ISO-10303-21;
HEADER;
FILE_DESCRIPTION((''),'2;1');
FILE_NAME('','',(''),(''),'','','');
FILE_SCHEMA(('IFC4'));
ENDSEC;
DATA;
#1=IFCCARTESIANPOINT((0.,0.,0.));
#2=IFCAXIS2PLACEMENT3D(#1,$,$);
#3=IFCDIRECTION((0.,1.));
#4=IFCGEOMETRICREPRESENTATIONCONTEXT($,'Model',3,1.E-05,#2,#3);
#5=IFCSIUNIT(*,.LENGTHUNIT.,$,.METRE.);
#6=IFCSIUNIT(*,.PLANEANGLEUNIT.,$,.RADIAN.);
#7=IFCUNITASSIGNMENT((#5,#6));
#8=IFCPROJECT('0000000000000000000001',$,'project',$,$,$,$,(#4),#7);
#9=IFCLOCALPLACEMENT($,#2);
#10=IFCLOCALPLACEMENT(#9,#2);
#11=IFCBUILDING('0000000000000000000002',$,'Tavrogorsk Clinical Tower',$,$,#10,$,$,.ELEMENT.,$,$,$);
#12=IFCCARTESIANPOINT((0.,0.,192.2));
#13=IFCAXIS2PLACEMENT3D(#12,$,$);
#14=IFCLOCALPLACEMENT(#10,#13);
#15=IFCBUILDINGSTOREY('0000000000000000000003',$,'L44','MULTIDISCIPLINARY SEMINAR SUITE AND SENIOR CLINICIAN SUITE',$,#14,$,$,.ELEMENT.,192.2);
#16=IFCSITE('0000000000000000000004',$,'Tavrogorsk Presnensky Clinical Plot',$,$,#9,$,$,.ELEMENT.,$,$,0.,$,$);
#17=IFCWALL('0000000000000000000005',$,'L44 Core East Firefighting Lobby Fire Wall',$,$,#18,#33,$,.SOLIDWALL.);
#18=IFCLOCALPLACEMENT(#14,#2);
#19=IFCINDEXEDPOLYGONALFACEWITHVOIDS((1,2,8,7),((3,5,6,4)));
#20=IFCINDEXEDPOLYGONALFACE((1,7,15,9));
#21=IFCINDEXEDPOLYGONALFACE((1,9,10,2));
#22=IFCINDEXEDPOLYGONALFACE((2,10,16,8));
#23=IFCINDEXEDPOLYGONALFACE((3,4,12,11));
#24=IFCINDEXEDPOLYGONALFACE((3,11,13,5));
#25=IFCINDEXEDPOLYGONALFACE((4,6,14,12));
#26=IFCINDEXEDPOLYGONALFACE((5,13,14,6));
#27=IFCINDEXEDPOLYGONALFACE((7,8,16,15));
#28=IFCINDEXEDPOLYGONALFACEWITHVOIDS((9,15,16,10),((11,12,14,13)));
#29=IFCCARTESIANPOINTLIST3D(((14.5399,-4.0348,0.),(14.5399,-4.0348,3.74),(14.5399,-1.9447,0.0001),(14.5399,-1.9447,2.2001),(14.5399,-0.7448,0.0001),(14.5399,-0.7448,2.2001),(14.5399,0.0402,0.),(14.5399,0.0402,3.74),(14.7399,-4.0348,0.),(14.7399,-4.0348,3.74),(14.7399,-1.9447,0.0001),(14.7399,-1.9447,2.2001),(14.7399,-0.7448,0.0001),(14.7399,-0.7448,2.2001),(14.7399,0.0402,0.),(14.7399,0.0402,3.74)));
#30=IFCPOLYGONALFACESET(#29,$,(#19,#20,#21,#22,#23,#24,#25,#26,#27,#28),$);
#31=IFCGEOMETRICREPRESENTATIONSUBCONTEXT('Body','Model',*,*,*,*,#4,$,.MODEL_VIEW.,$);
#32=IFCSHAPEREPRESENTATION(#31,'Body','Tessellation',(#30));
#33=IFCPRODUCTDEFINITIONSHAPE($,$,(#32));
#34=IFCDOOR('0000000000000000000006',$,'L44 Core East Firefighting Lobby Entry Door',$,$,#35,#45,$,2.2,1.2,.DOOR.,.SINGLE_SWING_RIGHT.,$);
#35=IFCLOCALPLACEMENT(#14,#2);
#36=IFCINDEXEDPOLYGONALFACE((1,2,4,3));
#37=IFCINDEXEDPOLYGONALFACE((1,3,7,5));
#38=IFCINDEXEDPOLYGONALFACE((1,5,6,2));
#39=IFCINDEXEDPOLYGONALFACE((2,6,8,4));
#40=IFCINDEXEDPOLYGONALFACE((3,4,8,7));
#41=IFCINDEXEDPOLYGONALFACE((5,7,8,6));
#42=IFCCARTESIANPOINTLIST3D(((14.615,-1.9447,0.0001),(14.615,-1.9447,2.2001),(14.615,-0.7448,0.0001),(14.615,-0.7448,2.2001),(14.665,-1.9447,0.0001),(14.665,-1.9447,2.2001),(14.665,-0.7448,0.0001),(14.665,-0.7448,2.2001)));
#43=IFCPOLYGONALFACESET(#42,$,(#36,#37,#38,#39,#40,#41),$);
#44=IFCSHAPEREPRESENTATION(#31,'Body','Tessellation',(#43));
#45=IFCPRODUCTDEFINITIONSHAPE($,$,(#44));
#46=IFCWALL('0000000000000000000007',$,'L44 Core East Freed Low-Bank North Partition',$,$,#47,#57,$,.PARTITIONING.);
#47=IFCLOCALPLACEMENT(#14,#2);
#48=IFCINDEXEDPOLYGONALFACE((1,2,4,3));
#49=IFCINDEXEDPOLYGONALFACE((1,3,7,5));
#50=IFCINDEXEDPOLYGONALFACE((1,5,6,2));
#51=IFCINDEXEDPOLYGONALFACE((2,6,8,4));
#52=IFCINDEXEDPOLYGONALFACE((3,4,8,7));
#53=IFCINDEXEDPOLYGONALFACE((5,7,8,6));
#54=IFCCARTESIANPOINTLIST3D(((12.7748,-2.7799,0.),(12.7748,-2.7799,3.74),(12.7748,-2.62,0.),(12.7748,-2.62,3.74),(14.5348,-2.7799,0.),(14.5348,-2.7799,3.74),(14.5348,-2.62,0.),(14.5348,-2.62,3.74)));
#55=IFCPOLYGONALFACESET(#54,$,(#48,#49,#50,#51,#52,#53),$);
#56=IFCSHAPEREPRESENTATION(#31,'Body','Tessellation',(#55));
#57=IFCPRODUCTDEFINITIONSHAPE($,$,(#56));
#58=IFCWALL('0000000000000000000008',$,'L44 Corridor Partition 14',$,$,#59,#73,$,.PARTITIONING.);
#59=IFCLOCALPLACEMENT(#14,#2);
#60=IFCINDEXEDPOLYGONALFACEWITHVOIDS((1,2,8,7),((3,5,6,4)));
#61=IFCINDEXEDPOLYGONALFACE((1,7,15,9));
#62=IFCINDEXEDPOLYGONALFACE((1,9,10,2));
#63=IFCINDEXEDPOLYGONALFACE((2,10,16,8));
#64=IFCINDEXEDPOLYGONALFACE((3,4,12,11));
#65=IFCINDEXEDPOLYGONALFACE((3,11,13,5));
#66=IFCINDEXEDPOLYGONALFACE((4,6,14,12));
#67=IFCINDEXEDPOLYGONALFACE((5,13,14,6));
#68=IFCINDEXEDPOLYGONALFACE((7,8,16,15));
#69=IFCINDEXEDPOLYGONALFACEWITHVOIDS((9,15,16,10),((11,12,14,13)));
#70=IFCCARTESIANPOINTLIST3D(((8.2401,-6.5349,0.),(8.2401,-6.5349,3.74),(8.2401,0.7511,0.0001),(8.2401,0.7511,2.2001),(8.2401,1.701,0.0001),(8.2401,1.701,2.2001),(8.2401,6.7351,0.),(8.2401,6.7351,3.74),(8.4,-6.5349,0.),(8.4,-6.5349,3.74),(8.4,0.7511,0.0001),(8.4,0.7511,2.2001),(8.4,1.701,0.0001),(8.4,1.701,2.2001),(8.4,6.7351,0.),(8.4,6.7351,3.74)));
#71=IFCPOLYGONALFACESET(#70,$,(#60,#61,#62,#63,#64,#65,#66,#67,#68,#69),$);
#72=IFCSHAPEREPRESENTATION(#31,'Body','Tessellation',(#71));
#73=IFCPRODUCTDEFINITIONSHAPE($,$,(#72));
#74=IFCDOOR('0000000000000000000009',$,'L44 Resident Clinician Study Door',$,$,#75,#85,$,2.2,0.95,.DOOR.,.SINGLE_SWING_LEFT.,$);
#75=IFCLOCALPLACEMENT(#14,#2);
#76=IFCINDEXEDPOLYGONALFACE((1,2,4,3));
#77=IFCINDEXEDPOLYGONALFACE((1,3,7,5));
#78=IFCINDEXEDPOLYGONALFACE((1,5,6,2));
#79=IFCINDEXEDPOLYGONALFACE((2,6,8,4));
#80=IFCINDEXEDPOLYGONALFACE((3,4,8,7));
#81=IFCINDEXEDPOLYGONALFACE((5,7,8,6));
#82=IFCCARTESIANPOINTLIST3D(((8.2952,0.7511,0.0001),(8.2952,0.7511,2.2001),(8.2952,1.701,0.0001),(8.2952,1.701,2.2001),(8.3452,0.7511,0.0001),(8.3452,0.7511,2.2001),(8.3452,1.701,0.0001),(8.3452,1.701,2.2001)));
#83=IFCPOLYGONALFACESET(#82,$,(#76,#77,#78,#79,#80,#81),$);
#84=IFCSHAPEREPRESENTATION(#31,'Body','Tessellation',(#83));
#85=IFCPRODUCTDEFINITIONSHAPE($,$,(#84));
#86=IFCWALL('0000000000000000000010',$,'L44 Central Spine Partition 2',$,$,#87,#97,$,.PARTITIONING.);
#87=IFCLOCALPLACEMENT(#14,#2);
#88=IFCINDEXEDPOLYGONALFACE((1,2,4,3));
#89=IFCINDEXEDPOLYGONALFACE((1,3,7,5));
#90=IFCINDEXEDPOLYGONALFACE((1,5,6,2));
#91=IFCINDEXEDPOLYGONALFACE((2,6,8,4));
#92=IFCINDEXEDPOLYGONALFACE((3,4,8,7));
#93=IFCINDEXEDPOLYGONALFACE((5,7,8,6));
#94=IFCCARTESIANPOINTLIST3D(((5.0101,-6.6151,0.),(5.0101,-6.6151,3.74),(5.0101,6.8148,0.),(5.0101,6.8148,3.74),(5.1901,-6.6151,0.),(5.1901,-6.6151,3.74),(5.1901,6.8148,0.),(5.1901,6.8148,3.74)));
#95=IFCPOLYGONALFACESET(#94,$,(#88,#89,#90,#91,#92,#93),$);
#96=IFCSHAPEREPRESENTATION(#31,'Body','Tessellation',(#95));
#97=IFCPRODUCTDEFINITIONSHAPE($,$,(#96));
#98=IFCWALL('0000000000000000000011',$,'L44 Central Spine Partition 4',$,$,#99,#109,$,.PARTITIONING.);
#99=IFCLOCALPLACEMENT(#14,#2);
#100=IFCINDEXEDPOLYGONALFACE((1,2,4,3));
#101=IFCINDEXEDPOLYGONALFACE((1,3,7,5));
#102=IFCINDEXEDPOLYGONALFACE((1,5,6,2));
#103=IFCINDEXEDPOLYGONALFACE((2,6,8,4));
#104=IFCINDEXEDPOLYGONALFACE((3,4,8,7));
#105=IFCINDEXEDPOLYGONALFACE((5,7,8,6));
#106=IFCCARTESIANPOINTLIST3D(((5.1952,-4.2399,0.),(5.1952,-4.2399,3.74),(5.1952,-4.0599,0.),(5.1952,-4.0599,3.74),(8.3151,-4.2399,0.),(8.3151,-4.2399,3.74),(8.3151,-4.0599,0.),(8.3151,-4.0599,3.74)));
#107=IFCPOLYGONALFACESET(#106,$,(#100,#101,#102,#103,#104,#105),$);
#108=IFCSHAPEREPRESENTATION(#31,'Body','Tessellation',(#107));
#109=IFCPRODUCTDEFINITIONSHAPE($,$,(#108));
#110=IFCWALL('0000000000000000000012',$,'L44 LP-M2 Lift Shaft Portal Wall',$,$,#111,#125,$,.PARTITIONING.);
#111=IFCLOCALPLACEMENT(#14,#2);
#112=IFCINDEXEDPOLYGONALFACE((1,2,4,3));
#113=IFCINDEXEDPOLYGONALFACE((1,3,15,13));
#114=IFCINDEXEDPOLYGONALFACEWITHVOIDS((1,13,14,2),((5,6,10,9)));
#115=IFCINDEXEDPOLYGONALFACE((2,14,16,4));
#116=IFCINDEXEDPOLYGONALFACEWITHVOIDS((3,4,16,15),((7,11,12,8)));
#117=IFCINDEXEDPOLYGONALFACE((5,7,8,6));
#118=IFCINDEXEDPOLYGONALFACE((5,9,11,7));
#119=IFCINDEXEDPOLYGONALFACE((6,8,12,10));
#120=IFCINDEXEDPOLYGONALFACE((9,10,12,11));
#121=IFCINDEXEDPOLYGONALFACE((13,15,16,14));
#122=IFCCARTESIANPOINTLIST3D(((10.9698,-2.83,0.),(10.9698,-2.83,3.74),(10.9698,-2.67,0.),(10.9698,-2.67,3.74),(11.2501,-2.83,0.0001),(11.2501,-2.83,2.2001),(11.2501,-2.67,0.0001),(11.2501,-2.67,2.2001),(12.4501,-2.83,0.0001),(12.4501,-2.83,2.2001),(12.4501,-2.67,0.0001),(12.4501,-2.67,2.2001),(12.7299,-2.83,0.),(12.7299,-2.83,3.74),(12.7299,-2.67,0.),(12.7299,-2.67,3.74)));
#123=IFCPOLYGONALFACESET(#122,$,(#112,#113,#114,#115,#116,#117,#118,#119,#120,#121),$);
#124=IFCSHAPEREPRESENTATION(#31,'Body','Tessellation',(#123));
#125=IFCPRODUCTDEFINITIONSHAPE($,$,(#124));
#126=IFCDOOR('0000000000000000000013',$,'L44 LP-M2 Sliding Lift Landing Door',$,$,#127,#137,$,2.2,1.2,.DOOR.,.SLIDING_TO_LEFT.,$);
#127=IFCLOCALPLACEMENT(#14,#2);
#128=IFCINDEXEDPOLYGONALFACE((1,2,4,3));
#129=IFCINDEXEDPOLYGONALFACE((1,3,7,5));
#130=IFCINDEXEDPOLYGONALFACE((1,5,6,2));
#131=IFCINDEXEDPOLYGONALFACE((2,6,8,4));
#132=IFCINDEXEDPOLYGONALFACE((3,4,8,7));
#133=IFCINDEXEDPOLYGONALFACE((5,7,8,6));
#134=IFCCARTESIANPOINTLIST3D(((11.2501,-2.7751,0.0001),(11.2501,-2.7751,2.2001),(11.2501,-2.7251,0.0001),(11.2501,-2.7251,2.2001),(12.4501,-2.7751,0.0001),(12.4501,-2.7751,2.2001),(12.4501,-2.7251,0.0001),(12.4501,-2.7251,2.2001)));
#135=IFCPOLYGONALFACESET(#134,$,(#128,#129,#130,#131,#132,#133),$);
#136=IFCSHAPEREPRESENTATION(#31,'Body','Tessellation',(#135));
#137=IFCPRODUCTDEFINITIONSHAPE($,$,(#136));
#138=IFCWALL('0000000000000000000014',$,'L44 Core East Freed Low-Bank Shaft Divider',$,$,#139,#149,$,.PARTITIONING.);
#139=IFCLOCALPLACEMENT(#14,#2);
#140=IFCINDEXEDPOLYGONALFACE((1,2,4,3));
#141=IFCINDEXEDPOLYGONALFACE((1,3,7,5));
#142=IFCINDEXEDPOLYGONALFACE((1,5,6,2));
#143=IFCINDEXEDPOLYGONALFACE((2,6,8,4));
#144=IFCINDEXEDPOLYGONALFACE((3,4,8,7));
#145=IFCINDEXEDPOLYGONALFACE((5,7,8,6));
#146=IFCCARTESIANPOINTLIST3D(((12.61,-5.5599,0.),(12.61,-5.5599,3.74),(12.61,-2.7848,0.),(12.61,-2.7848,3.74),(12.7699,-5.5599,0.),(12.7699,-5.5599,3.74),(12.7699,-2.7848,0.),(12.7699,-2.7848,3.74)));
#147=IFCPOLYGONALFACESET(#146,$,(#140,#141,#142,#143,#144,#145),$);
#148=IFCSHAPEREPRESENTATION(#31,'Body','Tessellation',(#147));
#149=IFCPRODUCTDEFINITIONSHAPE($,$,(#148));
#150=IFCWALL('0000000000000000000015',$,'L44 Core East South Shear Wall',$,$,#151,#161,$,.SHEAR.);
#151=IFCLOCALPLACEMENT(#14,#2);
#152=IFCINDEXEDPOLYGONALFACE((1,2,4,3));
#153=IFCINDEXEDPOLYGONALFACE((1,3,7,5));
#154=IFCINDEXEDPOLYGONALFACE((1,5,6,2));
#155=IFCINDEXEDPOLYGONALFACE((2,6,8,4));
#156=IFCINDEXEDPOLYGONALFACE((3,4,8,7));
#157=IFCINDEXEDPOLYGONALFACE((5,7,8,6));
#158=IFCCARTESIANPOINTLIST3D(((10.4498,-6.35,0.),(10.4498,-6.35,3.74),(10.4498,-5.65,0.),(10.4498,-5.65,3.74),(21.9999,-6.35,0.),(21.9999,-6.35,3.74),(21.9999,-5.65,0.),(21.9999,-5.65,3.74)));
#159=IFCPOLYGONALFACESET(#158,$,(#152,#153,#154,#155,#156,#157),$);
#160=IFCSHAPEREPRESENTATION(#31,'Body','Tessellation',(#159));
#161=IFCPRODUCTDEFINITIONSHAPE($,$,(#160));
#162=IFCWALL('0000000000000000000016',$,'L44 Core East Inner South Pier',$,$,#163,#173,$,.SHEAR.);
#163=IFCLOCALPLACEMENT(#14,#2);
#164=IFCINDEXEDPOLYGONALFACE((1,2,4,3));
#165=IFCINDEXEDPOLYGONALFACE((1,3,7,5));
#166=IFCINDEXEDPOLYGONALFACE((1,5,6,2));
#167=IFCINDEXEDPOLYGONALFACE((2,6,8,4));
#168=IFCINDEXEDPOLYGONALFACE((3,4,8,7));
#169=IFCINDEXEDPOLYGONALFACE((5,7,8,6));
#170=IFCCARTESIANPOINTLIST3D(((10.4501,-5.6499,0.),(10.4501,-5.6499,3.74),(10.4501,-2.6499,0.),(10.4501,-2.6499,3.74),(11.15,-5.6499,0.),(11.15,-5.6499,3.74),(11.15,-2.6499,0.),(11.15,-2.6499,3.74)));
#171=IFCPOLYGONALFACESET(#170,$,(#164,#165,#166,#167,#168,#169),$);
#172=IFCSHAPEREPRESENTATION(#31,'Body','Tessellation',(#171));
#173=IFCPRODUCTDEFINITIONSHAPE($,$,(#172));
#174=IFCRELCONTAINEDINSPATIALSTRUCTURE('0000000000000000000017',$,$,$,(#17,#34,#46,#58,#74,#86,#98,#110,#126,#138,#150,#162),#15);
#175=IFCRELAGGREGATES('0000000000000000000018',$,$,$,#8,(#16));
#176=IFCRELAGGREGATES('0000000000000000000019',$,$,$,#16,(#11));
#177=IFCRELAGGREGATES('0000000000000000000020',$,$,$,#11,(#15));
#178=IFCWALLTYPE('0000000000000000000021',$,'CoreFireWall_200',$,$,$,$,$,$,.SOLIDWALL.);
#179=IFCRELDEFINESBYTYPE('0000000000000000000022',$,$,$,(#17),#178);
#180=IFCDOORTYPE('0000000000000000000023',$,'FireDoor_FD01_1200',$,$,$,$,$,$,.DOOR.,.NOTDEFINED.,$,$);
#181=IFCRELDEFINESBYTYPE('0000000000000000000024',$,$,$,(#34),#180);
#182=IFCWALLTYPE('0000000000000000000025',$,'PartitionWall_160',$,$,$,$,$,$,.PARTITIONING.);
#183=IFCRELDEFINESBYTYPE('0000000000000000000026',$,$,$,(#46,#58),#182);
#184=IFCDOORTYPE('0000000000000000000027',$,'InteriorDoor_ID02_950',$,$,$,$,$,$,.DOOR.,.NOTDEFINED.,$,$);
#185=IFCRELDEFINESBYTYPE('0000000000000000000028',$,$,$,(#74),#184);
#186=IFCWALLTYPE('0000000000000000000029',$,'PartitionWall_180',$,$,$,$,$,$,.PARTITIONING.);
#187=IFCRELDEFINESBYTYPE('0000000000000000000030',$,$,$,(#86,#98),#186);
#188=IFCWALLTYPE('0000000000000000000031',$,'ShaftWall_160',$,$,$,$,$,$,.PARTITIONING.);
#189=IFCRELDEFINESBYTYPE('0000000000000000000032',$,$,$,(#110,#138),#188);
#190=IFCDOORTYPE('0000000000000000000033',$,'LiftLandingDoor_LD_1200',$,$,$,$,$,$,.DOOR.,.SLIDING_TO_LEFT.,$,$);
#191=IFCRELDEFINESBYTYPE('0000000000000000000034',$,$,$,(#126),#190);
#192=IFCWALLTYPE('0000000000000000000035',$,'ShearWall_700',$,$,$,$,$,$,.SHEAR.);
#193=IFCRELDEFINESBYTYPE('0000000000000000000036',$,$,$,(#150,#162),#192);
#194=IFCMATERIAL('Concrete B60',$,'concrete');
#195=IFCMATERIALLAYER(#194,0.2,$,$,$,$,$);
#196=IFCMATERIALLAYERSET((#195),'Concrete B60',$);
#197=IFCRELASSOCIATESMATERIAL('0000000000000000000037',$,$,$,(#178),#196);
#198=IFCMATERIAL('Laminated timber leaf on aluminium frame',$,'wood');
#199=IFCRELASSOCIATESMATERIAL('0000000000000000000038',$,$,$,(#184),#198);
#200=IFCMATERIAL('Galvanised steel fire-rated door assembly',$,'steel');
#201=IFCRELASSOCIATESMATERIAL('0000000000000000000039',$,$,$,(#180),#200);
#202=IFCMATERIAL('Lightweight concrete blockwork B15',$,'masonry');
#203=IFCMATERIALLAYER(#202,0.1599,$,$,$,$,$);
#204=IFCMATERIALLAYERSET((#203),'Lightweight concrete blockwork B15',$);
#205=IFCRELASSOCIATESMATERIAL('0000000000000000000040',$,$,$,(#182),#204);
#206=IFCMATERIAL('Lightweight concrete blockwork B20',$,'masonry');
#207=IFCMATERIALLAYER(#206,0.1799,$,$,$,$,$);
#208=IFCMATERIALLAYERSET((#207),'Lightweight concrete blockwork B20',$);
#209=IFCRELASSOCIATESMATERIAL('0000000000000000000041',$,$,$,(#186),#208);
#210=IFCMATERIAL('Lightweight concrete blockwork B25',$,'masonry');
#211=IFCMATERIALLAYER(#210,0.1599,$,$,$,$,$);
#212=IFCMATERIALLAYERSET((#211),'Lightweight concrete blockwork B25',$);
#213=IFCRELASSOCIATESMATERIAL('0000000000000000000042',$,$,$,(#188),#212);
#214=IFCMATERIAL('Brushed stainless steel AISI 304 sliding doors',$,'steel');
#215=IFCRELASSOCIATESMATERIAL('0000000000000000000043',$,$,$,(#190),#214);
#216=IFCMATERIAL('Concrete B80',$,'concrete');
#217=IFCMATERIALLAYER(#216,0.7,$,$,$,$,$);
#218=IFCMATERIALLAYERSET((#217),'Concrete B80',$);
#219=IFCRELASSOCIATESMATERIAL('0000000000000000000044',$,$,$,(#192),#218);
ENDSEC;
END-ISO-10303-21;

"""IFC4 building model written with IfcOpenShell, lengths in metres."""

from ifc_helpers import new_model, si_unit, direction, frame, frame_2d, origin, place, context, subcontext, project, spatial, rectangle, extrude, material, layer, layer_set, type_object, element, fill, save


model = new_model("IFC4")

# Units and contexts
model_context = context("Model", 3, precision=1e-05, world=origin(), true_north=direction((0.0, 1.0)))
body_context = subcontext(model_context, "Body", "Model", "MODEL_VIEW")
ifc_project = project(units=[si_unit("LENGTHUNIT", "METRE"), si_unit("PLANEANGLEUNIT", "RADIAN")], contexts=[model_context])

# Site, building, storey
site_placement = place(None, origin())
site = spatial("IfcSite", under=ifc_project, at=site_placement, Name="Tavrogorsk Presnensky Clinical Plot", CompositionType="ELEMENT", RefElevation=0.0)
building_placement = place(site_placement, origin())
building = spatial("IfcBuilding", under=site, at=building_placement, Name="Tavrogorsk Clinical Tower", CompositionType="ELEMENT")
storey_placement = place(building_placement, frame((0.0, 0.0, 192.2)))
storey = spatial("IfcBuildingStorey", under=building, at=storey_placement, Name="L44", Description="MULTIDISCIPLINARY SEMINAR SUITE AND SENIOR CLINICIAN SUITE", CompositionType="ELEMENT", Elevation=192.2)

# Wall, opening, door
ifc_material_1 = material(Name="Concrete B60", Category="concrete")
ifc_layer_1 = layer(ifc_material_1, 0.2)
ifc_layer_set_1 = layer_set([ifc_layer_1], Name="Concrete B60")
wall_type_1 = type_object("IfcWallType", Name="CoreFireWall_200", PredefinedType="SOLIDWALL", material=ifc_layer_set_1)
ifc_material_2 = material(Name="Laminated timber leaf on aluminium frame", Category="wood")
door_type_1 = type_object("IfcDoorType", Name="InteriorDoor_ID02_950", OperationType="NOTDEFINED", PredefinedType="DOOR", material=ifc_material_2)
wall_1_placement = place(storey_placement, frame((14.6399, -4.0349, 0.0), z_axis=(0.0, 0.0, 1.0), x_axis=(0.0, 1.0, 0.0)))
wall_1 = element("IfcWall", 1, at=wall_1_placement, inside=storey, type_object=wall_type_1, Name="L44 Core East Firefighting Lobby Fire Wall", PredefinedType="SOLIDWALL", context=body_context, shape_type="SweptSolid", body=[
    extrude(rectangle(XDim=4.075, YDim=0.2, at=frame_2d((2.0376, 0.0))), origin(), (0.0, 0.0, 1.0), 3.74),
])
opening_1_placement = place(wall_1_placement, frame((2.0901, 0.0, 0.0)))
opening_1 = element("IfcOpeningElement", 2, at=opening_1_placement, cuts=wall_1, PredefinedType="OPENING", context=body_context, shape_type="SweptSolid", body=[
    extrude(rectangle(XDim=1.2, YDim=2.2, at=frame_2d((0.6001, 1.1001))), frame((0.0, 0.1099, 0.0), z_axis=(0.0, -1.0, 0.0), x_axis=(1.0, 0.0, 0.0)), (0.0, 0.0, 1.0), 0.22),
])
ifc_material_3 = material(Name="Galvanised steel fire-rated door assembly", Category="steel")
door_type_2 = type_object("IfcDoorType", Name="FireDoor_FD01_1200", OperationType="NOTDEFINED", PredefinedType="DOOR", material=ifc_material_3)
door_1_placement = place(opening_1_placement, origin())
door_1 = element("IfcDoor", 3, at=door_1_placement, inside=storey, type_object=door_type_2, Name="L44 Core East Firefighting Lobby Entry Door", OperationType="SINGLE_SWING_RIGHT", OverallHeight=2.2, OverallWidth=1.2, PredefinedType="DOOR", context=body_context, shape_type="SweptSolid", body=[
    extrude(rectangle(XDim=1.2, YDim=2.2, at=frame_2d((0.6001, 1.1001))), frame((0.0, 0.0249, 0.0), z_axis=(0.0, -1.0, 0.0), x_axis=(1.0, 0.0, 0.0)), (0.0, 0.0, 1.0), 0.05),
])
fill(opening_1, door_1)

# Wall
ifc_material_4 = material(Name="Lightweight concrete blockwork B15", Category="masonry")
ifc_layer_2 = layer(ifc_material_4, 0.1599)
ifc_layer_set_2 = layer_set([ifc_layer_2], Name="Lightweight concrete blockwork B15")
wall_type_2 = type_object("IfcWallType", Name="PartitionWall_160", PredefinedType="PARTITIONING", material=ifc_layer_set_2)
wall_2_placement = place(storey_placement, frame((12.7749, -2.7, 0.0), z_axis=(0.0, 0.0, 1.0), x_axis=(1.0, 0.0, 0.0)))
element("IfcWall", 4, at=wall_2_placement, inside=storey, type_object=wall_type_2, Name="L44 Core East Freed Low-Bank North Partition", PredefinedType="PARTITIONING", context=body_context, shape_type="SweptSolid", body=[
    extrude(rectangle(XDim=1.76, YDim=0.1599, at=frame_2d((0.8799, 0.0))), origin(), (0.0, 0.0, 1.0), 3.74),
])

# Wall, opening, door
wall_3_placement = place(storey_placement, frame((8.3201, -6.5349, 0.0), z_axis=(0.0, 0.0, 1.0), x_axis=(0.0, 1.0, 0.0)))
wall_3 = element("IfcWall", 5, at=wall_3_placement, inside=storey, type_object=wall_type_2, Name="L44 Corridor Partition 14", PredefinedType="PARTITIONING", context=body_context, shape_type="SweptSolid", body=[
    extrude(rectangle(XDim=13.27, YDim=0.1599, at=frame_2d((6.635, 0.0))), origin(), (0.0, 0.0, 1.0), 3.74),
])
opening_2_placement = place(wall_3_placement, frame((7.2859, 0.0, 0.0)))
opening_2 = element("IfcOpeningElement", 6, at=opening_2_placement, cuts=wall_3, PredefinedType="OPENING", context=body_context, shape_type="SweptSolid", body=[
    extrude(rectangle(XDim=0.95, YDim=2.2, at=frame_2d((0.4751, 1.1001))), frame((0.0, 0.0898, 0.0), z_axis=(0.0, -1.0, 0.0), x_axis=(1.0, 0.0, 0.0)), (0.0, 0.0, 1.0), 0.1799),
])
door_2_placement = place(opening_2_placement, origin())
door_2 = element("IfcDoor", 7, at=door_2_placement, inside=storey, type_object=door_type_1, Name="L44 Resident Clinician Study Door", OperationType="SINGLE_SWING_LEFT", OverallHeight=2.2, OverallWidth=0.95, PredefinedType="DOOR", context=body_context, shape_type="SweptSolid", body=[
    extrude(rectangle(XDim=0.95, YDim=2.2, at=frame_2d((0.4751, 1.1001))), frame((0.0, 0.0249, 0.0), z_axis=(0.0, -1.0, 0.0), x_axis=(1.0, 0.0, 0.0)), (0.0, 0.0, 1.0), 0.05),
])
fill(opening_2, door_2)

# Walls
ifc_material_5 = material(Name="Lightweight concrete blockwork B20", Category="masonry")
ifc_layer_3 = layer(ifc_material_5, 0.1799)
ifc_layer_set_3 = layer_set([ifc_layer_3], Name="Lightweight concrete blockwork B20")
wall_type_3 = type_object("IfcWallType", Name="PartitionWall_180", PredefinedType="PARTITIONING", material=ifc_layer_set_3)
wall_4_placement = place(storey_placement, frame((5.1001, -6.615, 0.0), z_axis=(0.0, 0.0, 1.0), x_axis=(0.0, 1.0, 0.0)))
element("IfcWall", 8, at=wall_4_placement, inside=storey, type_object=wall_type_3, Name="L44 Central Spine Partition 2", PredefinedType="PARTITIONING", context=body_context, shape_type="SweptSolid", body=[
    extrude(rectangle(XDim=13.4299, YDim=0.1799, at=frame_2d((6.7148, 0.0))), origin(), (0.0, 0.0, 1.0), 3.74),
])
wall_5_placement = place(storey_placement, frame((5.1951, -4.1499, 0.0), z_axis=(0.0, 0.0, 1.0), x_axis=(1.0, 0.0, 0.0)))
element("IfcWall", 9, at=wall_5_placement, inside=storey, type_object=wall_type_3, Name="L44 Central Spine Partition 4", PredefinedType="PARTITIONING", context=body_context, shape_type="SweptSolid", body=[
    extrude(rectangle(XDim=3.1199, YDim=0.1799, at=frame_2d((1.5601, 0.0))), origin(), (0.0, 0.0, 1.0), 3.74),
])

# Wall, opening, door
ifc_material_6 = material(Name="Lightweight concrete blockwork B25", Category="masonry")
ifc_layer_4 = layer(ifc_material_6, 0.1599)
ifc_layer_set_4 = layer_set([ifc_layer_4], Name="Lightweight concrete blockwork B25")
wall_type_4 = type_object("IfcWallType", Name="ShaftWall_160", PredefinedType="PARTITIONING", material=ifc_layer_set_4)
wall_6_placement = place(storey_placement, frame((10.97, -2.75, 0.0), z_axis=(0.0, 0.0, 1.0), x_axis=(1.0, 0.0, 0.0)))
wall_6 = element("IfcWall", 10, at=wall_6_placement, inside=storey, type_object=wall_type_4, Name="L44 LP-M2 Lift Shaft Portal Wall", PredefinedType="PARTITIONING", context=body_context, shape_type="SweptSolid", body=[
    extrude(rectangle(XDim=1.76, YDim=0.1599, at=frame_2d((0.8799, 0.0))), origin(), (0.0, 0.0, 1.0), 3.74),
])
opening_3_placement = place(wall_6_placement, frame((0.28, 0.0, 0.0)))
opening_3 = element("IfcOpeningElement", 11, at=opening_3_placement, cuts=wall_6, PredefinedType="OPENING", context=body_context, shape_type="SweptSolid", body=[
    extrude(rectangle(XDim=1.2, YDim=2.2, at=frame_2d((0.6001, 1.1001))), frame((0.0, 0.0898, 0.0), z_axis=(0.0, -1.0, 0.0), x_axis=(1.0, 0.0, 0.0)), (0.0, 0.0, 1.0), 0.1799),
])
ifc_material_7 = material(Name="Brushed stainless steel AISI 304 sliding doors", Category="steel")
door_type_3 = type_object("IfcDoorType", Name="LiftLandingDoor_LD_1200", OperationType="SLIDING_TO_LEFT", PredefinedType="DOOR", material=ifc_material_7)
door_3_placement = place(opening_3_placement, origin())
door_3 = element("IfcDoor", 12, at=door_3_placement, inside=storey, type_object=door_type_3, Name="L44 LP-M2 Sliding Lift Landing Door", OperationType="SLIDING_TO_LEFT", OverallHeight=2.2, OverallWidth=1.2, PredefinedType="DOOR", context=body_context, shape_type="SweptSolid", body=[
    extrude(rectangle(XDim=1.2, YDim=2.2, at=frame_2d((0.6001, 1.1001))), frame((0.0, 0.0249, 0.0), z_axis=(0.0, -1.0, 0.0), x_axis=(1.0, 0.0, 0.0)), (0.0, 0.0, 1.0), 0.05),
])
fill(opening_3, door_3)

# Walls
wall_7_placement = place(storey_placement, frame((12.6899, -5.5601, 0.0), z_axis=(0.0, 0.0, 1.0), x_axis=(0.0, 1.0, 0.0)))
element("IfcWall", 13, at=wall_7_placement, inside=storey, type_object=wall_type_4, Name="L44 Core East Freed Low-Bank Shaft Divider", PredefinedType="PARTITIONING", context=body_context, shape_type="SweptSolid", body=[
    extrude(rectangle(XDim=2.7751, YDim=0.1599, at=frame_2d((1.3877, 0.0))), origin(), (0.0, 0.0, 1.0), 3.74),
])
ifc_material_8 = material(Name="Concrete B80", Category="concrete")
ifc_layer_5 = layer(ifc_material_8, 0.7)
ifc_layer_set_5 = layer_set([ifc_layer_5], Name="Concrete B80")
wall_type_5 = type_object("IfcWallType", Name="ShearWall_700", PredefinedType="SHEAR", material=ifc_layer_set_5)
wall_8_placement = place(storey_placement, frame((10.45, -6.0, 0.0), z_axis=(0.0, 0.0, 1.0), x_axis=(1.0, 0.0, 0.0)))
element("IfcWall", 14, at=wall_8_placement, inside=storey, type_object=wall_type_5, Name="L44 Core East South Shear Wall", PredefinedType="SHEAR", context=body_context, shape_type="SweptSolid", body=[
    extrude(rectangle(XDim=11.55, YDim=0.7, at=frame_2d((5.7749, 0.0))), origin(), (0.0, 0.0, 1.0), 3.74),
])
wall_9_placement = place(storey_placement, frame((10.8, -5.6499, 0.0), z_axis=(0.0, 0.0, 1.0), x_axis=(0.0, 1.0, 0.0)))
element("IfcWall", 15, at=wall_9_placement, inside=storey, type_object=wall_type_5, Name="L44 Core East Inner South Pier", PredefinedType="SHEAR", context=body_context, shape_type="SweptSolid", body=[
    extrude(rectangle(XDim=3.0, YDim=0.7, at=frame_2d((1.5, 0.0))), origin(), (0.0, 0.0, 1.0), 3.74),
])

save(model, "model.ifc")
